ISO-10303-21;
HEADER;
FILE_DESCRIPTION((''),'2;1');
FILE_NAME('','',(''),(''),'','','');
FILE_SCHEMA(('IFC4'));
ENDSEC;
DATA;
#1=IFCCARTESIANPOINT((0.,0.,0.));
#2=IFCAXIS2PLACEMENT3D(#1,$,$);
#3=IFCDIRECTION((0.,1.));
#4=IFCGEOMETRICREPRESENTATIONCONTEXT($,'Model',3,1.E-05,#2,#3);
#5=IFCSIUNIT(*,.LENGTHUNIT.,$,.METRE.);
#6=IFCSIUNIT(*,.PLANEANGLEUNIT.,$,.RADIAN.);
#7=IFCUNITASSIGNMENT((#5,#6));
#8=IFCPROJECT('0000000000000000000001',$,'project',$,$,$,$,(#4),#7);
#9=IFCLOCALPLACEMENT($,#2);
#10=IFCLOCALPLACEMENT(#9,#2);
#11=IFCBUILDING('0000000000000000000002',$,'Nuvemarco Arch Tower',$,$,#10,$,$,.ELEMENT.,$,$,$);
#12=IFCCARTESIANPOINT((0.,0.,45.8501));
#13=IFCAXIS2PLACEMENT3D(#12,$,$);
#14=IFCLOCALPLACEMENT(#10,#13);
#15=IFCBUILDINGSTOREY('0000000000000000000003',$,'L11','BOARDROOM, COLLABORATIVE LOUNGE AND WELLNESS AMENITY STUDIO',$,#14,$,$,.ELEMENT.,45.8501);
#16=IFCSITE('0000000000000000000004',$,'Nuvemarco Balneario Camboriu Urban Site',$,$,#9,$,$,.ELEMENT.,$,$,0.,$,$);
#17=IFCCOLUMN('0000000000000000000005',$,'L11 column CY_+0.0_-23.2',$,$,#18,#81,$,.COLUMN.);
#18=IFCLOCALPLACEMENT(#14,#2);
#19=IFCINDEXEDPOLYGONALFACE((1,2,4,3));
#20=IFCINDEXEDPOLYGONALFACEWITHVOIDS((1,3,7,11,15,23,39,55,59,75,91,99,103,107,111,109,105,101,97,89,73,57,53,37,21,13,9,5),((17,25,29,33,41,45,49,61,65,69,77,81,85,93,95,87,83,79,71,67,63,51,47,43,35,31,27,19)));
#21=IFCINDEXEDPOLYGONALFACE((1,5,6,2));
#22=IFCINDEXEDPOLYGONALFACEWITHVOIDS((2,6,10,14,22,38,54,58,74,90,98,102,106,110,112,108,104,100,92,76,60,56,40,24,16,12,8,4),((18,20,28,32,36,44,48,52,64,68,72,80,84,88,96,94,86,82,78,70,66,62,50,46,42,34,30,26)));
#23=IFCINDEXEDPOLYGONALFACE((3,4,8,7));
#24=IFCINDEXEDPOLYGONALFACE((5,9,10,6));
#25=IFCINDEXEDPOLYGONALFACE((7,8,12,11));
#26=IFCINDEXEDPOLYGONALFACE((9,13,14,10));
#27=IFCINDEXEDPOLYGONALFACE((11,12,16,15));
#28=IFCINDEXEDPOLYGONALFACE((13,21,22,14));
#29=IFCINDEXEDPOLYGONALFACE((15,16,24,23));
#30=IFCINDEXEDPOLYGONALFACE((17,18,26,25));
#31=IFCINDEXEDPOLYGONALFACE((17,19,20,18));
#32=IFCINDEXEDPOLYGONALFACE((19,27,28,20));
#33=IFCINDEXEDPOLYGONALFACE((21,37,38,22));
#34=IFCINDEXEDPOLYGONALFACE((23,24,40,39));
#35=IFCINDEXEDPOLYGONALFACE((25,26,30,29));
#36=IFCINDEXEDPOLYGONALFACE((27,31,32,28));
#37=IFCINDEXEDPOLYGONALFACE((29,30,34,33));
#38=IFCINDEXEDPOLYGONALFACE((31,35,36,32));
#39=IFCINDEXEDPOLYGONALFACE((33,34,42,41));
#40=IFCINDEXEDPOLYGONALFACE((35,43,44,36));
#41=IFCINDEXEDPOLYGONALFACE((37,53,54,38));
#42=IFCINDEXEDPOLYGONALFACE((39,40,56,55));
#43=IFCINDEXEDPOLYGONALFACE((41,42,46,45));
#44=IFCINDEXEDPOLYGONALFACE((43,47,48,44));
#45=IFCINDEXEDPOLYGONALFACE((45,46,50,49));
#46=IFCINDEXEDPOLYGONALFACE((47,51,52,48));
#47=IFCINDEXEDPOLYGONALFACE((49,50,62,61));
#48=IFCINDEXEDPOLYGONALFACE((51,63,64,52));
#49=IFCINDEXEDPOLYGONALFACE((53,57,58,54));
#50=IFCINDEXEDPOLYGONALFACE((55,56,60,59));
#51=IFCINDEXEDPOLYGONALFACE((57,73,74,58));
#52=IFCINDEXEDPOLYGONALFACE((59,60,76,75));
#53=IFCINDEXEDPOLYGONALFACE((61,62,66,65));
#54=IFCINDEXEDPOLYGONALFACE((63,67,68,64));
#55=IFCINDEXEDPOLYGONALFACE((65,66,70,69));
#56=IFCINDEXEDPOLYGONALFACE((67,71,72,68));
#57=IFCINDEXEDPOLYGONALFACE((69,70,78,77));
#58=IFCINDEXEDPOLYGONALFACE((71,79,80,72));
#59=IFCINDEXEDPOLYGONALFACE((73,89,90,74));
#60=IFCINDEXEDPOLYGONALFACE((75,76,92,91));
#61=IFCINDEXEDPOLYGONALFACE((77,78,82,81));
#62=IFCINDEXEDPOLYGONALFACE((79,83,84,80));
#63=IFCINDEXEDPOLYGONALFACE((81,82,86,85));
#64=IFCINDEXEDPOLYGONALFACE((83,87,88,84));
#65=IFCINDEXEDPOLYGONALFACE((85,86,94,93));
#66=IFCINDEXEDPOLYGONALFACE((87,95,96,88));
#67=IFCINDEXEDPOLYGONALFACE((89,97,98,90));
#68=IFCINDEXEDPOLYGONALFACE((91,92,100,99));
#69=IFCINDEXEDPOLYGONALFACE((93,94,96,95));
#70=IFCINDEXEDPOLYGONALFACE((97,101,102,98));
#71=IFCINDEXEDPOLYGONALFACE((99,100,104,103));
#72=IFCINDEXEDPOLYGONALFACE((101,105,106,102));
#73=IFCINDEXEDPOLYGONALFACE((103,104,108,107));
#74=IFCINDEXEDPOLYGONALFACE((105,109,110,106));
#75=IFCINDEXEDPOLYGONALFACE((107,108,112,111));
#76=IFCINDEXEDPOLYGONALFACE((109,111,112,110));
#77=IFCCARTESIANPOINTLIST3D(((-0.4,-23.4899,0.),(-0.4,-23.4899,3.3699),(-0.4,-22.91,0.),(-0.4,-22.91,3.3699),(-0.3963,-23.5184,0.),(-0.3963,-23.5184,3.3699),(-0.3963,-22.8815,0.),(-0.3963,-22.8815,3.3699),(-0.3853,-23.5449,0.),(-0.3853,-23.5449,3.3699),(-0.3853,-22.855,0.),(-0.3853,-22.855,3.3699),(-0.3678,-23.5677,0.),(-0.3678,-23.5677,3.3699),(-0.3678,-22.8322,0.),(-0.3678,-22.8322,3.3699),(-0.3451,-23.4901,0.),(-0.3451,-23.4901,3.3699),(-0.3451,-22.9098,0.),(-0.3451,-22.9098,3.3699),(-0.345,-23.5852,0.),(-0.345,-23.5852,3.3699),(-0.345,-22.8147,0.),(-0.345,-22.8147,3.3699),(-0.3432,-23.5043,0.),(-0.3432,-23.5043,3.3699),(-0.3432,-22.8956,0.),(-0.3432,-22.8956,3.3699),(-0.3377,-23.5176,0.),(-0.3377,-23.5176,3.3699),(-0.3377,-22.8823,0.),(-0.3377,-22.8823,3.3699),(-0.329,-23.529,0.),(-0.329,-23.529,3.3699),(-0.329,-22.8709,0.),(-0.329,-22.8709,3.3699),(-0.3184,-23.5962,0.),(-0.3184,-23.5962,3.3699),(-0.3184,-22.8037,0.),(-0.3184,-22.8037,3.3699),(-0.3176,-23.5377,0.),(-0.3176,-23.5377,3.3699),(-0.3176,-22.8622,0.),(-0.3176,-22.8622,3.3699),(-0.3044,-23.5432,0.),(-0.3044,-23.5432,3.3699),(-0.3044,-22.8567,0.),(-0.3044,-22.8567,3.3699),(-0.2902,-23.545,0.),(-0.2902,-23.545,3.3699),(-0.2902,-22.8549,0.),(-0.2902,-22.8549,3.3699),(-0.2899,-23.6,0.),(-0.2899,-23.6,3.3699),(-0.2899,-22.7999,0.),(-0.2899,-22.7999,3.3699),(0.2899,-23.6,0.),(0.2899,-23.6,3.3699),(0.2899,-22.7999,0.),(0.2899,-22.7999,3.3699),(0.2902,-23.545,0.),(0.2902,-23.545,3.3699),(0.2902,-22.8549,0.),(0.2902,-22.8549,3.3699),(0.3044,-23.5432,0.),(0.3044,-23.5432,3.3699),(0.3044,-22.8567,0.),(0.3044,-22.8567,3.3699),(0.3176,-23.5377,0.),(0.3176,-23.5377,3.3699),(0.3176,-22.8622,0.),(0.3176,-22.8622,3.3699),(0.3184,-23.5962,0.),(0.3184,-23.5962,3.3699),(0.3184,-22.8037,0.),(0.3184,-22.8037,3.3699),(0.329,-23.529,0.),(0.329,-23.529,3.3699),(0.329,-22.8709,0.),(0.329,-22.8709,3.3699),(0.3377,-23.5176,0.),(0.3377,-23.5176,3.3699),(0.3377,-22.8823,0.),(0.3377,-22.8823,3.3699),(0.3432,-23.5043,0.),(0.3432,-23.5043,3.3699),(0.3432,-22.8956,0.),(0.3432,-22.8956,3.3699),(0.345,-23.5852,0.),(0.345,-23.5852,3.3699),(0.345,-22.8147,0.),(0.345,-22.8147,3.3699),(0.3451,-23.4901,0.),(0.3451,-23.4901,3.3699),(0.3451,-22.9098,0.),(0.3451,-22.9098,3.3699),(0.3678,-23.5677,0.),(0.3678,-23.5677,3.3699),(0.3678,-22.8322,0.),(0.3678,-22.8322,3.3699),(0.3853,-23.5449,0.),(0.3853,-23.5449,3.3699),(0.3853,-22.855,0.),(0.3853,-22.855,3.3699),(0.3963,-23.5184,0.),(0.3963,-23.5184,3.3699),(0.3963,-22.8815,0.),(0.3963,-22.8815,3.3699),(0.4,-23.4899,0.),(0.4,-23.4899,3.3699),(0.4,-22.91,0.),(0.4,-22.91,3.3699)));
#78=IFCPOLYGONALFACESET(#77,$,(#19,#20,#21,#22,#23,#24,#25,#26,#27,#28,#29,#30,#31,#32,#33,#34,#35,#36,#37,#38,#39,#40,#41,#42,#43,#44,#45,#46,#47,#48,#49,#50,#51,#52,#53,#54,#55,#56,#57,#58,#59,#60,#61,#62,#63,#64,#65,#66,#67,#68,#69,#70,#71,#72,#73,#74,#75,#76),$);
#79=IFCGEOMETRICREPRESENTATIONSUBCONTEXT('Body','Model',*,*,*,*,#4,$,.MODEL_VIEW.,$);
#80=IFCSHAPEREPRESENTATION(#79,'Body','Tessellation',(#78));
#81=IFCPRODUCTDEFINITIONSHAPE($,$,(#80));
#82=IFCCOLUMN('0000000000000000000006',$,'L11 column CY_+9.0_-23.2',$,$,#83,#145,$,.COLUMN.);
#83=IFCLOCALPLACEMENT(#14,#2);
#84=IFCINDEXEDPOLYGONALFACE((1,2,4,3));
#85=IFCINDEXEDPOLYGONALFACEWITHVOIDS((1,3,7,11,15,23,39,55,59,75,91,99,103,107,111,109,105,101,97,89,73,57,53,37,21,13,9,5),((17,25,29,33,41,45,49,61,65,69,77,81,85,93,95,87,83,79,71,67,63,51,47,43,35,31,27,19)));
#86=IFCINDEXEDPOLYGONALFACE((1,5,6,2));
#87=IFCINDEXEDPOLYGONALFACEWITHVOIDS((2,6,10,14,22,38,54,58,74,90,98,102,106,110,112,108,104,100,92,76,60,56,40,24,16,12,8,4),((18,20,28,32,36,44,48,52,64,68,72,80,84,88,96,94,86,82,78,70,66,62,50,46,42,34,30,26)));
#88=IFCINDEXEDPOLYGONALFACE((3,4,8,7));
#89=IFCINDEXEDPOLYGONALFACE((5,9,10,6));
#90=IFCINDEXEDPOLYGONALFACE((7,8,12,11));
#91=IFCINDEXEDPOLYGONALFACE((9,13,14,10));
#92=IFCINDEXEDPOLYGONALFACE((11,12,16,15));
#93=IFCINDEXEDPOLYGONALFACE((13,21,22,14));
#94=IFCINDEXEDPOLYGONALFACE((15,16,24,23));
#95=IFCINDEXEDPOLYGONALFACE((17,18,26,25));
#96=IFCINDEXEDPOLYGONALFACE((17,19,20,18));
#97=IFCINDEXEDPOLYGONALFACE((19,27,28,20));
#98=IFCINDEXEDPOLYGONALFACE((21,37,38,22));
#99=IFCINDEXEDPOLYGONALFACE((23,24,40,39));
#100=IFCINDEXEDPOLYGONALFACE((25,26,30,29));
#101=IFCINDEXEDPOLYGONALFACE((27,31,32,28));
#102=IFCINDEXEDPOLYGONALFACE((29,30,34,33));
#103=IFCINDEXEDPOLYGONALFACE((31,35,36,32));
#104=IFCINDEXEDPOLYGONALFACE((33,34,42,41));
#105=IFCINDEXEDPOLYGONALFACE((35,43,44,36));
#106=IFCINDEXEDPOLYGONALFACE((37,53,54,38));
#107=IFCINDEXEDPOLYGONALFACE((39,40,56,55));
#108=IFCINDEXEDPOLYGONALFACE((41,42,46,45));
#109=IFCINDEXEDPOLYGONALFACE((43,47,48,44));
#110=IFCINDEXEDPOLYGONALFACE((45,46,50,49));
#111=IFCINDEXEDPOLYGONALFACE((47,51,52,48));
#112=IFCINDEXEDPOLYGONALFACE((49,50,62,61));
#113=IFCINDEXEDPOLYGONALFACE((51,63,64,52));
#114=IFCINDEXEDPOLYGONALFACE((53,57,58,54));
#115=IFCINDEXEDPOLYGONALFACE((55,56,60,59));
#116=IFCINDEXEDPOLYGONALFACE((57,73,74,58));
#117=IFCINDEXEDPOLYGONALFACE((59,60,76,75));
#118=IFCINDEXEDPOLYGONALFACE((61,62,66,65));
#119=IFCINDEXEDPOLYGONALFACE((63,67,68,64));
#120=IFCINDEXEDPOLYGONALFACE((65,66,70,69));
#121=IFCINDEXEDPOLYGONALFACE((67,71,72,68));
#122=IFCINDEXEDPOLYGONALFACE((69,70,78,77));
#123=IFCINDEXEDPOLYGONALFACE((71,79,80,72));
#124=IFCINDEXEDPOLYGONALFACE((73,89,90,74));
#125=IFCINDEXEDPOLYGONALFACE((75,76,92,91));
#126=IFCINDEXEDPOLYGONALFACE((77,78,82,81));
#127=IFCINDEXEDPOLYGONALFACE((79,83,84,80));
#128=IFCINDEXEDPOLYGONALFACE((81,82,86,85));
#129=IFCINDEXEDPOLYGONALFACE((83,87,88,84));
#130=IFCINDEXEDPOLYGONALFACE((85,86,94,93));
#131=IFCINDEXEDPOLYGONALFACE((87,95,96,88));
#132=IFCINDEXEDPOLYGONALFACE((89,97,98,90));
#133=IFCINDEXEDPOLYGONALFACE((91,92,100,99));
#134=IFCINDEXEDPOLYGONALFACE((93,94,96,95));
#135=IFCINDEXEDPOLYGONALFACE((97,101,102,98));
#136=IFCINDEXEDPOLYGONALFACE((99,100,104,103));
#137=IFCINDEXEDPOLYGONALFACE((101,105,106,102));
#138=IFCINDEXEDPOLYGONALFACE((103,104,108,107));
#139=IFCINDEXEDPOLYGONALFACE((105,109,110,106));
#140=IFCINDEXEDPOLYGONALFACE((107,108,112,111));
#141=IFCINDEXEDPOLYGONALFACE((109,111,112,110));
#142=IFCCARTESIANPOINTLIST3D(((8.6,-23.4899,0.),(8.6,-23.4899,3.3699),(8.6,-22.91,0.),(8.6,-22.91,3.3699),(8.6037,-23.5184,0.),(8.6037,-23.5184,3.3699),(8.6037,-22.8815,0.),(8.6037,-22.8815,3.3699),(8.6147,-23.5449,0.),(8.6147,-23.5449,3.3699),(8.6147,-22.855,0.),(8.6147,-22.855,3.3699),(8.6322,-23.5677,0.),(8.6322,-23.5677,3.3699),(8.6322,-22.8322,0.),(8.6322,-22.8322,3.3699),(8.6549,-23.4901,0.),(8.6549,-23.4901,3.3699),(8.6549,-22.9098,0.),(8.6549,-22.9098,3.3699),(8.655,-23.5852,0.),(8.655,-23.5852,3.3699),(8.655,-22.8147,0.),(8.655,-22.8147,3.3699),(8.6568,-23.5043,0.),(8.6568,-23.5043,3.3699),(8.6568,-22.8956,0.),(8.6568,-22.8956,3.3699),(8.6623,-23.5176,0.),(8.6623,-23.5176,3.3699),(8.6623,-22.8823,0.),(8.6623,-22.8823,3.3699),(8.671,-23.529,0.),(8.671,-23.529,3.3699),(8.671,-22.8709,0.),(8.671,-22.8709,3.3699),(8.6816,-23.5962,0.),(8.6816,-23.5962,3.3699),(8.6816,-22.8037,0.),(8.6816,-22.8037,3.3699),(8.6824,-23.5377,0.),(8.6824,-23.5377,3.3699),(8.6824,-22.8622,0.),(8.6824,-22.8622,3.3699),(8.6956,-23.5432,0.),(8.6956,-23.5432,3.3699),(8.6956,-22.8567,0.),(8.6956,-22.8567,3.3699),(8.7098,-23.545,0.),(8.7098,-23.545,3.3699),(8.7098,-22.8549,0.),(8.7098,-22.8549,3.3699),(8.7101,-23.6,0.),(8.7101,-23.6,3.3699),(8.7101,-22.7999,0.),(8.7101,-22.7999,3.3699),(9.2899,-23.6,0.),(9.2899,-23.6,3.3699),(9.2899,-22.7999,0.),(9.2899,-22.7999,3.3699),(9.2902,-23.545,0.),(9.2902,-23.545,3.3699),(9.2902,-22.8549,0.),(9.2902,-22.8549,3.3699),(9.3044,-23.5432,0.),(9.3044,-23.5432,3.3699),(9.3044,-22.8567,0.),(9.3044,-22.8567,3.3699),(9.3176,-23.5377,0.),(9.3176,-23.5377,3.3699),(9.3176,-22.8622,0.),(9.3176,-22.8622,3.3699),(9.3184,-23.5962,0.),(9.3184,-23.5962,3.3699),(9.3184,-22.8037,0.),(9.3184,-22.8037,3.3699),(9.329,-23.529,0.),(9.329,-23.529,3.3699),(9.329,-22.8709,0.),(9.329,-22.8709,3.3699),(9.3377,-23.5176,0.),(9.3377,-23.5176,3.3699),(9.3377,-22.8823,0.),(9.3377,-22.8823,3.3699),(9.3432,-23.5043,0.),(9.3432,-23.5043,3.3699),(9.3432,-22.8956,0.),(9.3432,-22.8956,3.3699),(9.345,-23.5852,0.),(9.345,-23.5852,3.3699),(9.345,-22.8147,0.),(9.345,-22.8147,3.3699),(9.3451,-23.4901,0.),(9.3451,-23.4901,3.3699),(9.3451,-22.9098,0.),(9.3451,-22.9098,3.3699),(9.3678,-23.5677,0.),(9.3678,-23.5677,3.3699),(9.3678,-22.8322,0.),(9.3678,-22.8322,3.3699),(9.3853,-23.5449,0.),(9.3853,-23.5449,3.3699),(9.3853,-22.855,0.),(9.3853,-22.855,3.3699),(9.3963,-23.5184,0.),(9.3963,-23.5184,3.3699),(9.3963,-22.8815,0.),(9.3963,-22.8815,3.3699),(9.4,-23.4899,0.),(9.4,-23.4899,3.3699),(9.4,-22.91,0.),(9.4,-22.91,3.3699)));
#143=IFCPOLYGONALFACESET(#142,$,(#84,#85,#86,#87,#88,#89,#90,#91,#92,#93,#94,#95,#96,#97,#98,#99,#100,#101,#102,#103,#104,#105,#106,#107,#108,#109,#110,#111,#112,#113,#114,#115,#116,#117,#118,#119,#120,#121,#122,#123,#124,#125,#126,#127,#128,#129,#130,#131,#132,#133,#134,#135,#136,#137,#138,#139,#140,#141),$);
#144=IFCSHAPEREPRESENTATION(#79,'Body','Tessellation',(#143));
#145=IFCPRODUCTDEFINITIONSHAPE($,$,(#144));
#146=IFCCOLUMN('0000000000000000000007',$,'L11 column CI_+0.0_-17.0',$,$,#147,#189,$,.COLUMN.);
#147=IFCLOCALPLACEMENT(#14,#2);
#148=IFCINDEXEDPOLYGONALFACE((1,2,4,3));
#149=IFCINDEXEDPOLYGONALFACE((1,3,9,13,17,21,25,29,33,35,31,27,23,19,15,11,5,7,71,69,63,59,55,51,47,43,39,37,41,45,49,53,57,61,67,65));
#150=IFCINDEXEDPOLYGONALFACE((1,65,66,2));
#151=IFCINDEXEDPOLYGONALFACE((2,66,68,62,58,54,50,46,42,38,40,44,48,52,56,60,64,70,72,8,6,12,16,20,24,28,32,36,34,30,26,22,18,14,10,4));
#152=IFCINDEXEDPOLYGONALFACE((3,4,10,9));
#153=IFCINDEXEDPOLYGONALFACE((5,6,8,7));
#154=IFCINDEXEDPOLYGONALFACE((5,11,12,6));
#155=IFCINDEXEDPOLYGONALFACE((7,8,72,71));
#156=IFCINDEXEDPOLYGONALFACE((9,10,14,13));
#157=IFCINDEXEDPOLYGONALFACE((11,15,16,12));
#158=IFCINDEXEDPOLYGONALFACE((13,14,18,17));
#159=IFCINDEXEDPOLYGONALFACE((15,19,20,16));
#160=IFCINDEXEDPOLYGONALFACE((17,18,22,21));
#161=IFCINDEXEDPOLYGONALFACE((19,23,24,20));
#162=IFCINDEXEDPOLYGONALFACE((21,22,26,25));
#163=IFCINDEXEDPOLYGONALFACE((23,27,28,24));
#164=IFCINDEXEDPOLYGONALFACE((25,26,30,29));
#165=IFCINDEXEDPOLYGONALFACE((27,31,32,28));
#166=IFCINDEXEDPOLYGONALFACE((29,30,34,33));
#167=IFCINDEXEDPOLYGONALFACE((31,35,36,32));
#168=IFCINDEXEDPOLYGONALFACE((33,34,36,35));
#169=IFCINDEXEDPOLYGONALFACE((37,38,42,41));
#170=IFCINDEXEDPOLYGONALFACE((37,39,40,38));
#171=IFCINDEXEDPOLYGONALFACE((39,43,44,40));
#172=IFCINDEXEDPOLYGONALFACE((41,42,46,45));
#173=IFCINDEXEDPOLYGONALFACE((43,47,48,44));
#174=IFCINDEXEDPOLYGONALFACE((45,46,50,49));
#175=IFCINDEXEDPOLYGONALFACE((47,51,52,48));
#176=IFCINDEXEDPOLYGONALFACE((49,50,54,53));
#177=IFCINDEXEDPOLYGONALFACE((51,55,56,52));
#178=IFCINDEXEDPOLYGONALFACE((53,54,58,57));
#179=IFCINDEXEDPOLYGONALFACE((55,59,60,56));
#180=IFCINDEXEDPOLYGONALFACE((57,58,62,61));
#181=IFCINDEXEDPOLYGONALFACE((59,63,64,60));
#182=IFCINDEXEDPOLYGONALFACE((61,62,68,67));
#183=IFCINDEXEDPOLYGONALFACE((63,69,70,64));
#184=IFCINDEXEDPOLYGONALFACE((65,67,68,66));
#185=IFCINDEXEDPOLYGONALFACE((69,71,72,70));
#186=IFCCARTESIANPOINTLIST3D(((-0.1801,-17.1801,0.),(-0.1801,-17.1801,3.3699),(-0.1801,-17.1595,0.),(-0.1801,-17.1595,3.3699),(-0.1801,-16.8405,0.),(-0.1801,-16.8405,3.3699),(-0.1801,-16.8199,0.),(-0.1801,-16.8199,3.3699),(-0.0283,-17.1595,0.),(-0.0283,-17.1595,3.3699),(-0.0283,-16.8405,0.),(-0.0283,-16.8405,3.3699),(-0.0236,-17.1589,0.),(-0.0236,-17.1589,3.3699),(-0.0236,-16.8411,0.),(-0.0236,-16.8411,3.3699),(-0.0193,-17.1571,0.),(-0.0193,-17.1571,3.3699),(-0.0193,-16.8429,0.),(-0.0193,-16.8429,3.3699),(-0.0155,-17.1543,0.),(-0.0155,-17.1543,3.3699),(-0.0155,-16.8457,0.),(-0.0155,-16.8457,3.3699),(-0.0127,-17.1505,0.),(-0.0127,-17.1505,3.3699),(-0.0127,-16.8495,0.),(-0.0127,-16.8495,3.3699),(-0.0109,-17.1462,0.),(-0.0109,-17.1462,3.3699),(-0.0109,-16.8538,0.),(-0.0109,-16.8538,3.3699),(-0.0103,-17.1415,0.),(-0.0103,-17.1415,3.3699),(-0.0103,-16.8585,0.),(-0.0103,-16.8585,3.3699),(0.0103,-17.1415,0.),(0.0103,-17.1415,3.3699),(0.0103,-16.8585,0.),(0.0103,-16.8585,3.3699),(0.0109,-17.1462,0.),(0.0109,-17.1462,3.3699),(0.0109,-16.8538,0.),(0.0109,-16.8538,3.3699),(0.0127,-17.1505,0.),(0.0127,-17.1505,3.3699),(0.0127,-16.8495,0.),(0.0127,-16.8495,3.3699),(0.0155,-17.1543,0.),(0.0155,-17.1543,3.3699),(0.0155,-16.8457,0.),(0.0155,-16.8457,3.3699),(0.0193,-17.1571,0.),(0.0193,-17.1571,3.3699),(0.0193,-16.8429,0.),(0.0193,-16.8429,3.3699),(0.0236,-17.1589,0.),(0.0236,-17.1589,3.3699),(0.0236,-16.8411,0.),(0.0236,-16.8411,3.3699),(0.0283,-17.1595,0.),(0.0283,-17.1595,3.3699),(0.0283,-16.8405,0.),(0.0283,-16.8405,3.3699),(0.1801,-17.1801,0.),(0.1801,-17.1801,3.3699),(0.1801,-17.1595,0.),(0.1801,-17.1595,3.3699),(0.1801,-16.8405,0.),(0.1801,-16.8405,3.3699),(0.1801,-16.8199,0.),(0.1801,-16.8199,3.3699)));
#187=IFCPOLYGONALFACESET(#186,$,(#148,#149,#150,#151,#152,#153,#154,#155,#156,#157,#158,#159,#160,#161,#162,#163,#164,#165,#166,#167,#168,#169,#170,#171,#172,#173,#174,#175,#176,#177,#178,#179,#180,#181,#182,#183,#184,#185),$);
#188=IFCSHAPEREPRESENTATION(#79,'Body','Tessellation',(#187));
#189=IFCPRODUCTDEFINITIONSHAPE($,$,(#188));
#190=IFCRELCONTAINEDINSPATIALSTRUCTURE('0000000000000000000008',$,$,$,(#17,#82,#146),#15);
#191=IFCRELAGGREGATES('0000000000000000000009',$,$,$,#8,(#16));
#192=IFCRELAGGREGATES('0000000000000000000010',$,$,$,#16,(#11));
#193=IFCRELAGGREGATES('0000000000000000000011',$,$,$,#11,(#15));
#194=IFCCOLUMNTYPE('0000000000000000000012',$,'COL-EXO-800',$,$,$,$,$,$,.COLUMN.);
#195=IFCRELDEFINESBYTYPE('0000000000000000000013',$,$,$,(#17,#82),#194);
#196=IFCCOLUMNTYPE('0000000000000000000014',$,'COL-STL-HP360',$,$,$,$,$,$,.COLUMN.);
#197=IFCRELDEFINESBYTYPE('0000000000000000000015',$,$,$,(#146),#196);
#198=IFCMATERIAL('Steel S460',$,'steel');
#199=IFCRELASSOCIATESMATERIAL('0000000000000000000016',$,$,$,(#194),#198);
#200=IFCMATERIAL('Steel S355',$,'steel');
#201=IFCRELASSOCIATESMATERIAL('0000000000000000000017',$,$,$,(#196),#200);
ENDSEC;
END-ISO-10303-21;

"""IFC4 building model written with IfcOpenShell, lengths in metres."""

from ifc_helpers import new_model, si_unit, direction, frame, origin, origin_2d, place, context, subcontext, project, spatial, hollow_rectangle, i_section, extrude, material, material_profile, profile_set, type_object, element, save


model = new_model("IFC4")

# Units and contexts
model_context = context("Model", 3, precision=1e-05, world=origin(), true_north=direction((0.0, 1.0)))
body_context = subcontext(model_context, "Body", "Model", "MODEL_VIEW")
ifc_project = project(units=[si_unit("LENGTHUNIT", "METRE"), si_unit("PLANEANGLEUNIT", "RADIAN")], contexts=[model_context])

# Site, building, storey
site_placement = place(None, origin())
site = spatial("IfcSite", under=ifc_project, at=site_placement, Name="Nuvemarco Balneario Camboriu Urban Site", CompositionType="ELEMENT", RefElevation=0.0)
building_placement = place(site_placement, origin())
building = spatial("IfcBuilding", under=site, at=building_placement, Name="Nuvemarco Arch Tower", CompositionType="ELEMENT")
storey_placement = place(building_placement, frame((0.0, 0.0, 45.8501)))
storey = spatial("IfcBuildingStorey", under=building, at=storey_placement, Name="L11", Description="BOARDROOM, COLLABORATIVE LOUNGE AND WELLNESS AMENITY STUDIO", CompositionType="ELEMENT", Elevation=45.8501)

# Columns
ifc_material_1 = material(Name="Steel S460", Category="steel")
ifc_material_profile_1 = material_profile(ifc_material_1, hollow_rectangle(XDim=0.8, YDim=0.8, WallThickness=0.0549, InnerFilletRadius=0.0549, OuterFilletRadius=0.1101, at=origin_2d()), Name="SHS800x800x55")
ifc_profile_set_1 = profile_set([ifc_material_profile_1], Name="Steel S460")
column_type_1 = type_object("IfcColumnType", Name="COL-EXO-800", PredefinedType="COLUMN", material=ifc_profile_set_1)
for number, where, z_axis, x_axis, name in (
    (1, (0.0, -23.2, 0.0), (0.0, 0.0, 1.0), (1.0, 0.0, 0.0), "L11 column CY_+0.0_-23.2"),
    (2, (9.0, -23.2, 0.0), (0.0, 0.0, 1.0), (1.0, 0.0, 0.0), "L11 column CY_+9.0_-23.2"),
):
    element("IfcColumn", number, at=place(storey_placement, frame(where, z_axis=z_axis, x_axis=x_axis)), inside=storey, type_object=column_type_1, Name=name, PredefinedType="COLUMN", context=body_context, shape_type="SweptSolid", body=[
        extrude(hollow_rectangle(XDim=0.8, YDim=0.8, WallThickness=0.0549, InnerFilletRadius=0.0549, OuterFilletRadius=0.1101, at=origin_2d()), origin(), (0.0, 0.0, 1.0), 3.3699),
    ])
ifc_material_2 = material(Name="Steel S355", Category="steel")
ifc_material_profile_2 = material_profile(ifc_material_2, i_section(OverallWidth=0.3601, OverallDepth=0.3601, WebThickness=0.0205, FlangeThickness=0.0205, FilletRadius=0.0181, at=origin_2d()), Name="HP360x174")
ifc_profile_set_2 = profile_set([ifc_material_profile_2], Name="Steel S355")
column_type_2 = type_object("IfcColumnType", Name="COL-STL-HP360", PredefinedType="COLUMN", material=ifc_profile_set_2)
for number, where, z_axis, x_axis, name in (
    (3, (0.0, -17.0, 0.0), (0.0, 0.0, 1.0), (1.0, 0.0, 0.0), "L11 column CI_+0.0_-17.0"),
):
    element("IfcColumn", number, at=place(storey_placement, frame(where, z_axis=z_axis, x_axis=x_axis)), inside=storey, type_object=column_type_2, Name=name, PredefinedType="COLUMN", context=body_context, shape_type="SweptSolid", body=[
        extrude(i_section(OverallWidth=0.3601, OverallDepth=0.3601, WebThickness=0.0205, FlangeThickness=0.0205, FilletRadius=0.0181, at=origin_2d()), origin(), (0.0, 0.0, 1.0), 3.3699),
    ])

save(model, "model.ifc")
